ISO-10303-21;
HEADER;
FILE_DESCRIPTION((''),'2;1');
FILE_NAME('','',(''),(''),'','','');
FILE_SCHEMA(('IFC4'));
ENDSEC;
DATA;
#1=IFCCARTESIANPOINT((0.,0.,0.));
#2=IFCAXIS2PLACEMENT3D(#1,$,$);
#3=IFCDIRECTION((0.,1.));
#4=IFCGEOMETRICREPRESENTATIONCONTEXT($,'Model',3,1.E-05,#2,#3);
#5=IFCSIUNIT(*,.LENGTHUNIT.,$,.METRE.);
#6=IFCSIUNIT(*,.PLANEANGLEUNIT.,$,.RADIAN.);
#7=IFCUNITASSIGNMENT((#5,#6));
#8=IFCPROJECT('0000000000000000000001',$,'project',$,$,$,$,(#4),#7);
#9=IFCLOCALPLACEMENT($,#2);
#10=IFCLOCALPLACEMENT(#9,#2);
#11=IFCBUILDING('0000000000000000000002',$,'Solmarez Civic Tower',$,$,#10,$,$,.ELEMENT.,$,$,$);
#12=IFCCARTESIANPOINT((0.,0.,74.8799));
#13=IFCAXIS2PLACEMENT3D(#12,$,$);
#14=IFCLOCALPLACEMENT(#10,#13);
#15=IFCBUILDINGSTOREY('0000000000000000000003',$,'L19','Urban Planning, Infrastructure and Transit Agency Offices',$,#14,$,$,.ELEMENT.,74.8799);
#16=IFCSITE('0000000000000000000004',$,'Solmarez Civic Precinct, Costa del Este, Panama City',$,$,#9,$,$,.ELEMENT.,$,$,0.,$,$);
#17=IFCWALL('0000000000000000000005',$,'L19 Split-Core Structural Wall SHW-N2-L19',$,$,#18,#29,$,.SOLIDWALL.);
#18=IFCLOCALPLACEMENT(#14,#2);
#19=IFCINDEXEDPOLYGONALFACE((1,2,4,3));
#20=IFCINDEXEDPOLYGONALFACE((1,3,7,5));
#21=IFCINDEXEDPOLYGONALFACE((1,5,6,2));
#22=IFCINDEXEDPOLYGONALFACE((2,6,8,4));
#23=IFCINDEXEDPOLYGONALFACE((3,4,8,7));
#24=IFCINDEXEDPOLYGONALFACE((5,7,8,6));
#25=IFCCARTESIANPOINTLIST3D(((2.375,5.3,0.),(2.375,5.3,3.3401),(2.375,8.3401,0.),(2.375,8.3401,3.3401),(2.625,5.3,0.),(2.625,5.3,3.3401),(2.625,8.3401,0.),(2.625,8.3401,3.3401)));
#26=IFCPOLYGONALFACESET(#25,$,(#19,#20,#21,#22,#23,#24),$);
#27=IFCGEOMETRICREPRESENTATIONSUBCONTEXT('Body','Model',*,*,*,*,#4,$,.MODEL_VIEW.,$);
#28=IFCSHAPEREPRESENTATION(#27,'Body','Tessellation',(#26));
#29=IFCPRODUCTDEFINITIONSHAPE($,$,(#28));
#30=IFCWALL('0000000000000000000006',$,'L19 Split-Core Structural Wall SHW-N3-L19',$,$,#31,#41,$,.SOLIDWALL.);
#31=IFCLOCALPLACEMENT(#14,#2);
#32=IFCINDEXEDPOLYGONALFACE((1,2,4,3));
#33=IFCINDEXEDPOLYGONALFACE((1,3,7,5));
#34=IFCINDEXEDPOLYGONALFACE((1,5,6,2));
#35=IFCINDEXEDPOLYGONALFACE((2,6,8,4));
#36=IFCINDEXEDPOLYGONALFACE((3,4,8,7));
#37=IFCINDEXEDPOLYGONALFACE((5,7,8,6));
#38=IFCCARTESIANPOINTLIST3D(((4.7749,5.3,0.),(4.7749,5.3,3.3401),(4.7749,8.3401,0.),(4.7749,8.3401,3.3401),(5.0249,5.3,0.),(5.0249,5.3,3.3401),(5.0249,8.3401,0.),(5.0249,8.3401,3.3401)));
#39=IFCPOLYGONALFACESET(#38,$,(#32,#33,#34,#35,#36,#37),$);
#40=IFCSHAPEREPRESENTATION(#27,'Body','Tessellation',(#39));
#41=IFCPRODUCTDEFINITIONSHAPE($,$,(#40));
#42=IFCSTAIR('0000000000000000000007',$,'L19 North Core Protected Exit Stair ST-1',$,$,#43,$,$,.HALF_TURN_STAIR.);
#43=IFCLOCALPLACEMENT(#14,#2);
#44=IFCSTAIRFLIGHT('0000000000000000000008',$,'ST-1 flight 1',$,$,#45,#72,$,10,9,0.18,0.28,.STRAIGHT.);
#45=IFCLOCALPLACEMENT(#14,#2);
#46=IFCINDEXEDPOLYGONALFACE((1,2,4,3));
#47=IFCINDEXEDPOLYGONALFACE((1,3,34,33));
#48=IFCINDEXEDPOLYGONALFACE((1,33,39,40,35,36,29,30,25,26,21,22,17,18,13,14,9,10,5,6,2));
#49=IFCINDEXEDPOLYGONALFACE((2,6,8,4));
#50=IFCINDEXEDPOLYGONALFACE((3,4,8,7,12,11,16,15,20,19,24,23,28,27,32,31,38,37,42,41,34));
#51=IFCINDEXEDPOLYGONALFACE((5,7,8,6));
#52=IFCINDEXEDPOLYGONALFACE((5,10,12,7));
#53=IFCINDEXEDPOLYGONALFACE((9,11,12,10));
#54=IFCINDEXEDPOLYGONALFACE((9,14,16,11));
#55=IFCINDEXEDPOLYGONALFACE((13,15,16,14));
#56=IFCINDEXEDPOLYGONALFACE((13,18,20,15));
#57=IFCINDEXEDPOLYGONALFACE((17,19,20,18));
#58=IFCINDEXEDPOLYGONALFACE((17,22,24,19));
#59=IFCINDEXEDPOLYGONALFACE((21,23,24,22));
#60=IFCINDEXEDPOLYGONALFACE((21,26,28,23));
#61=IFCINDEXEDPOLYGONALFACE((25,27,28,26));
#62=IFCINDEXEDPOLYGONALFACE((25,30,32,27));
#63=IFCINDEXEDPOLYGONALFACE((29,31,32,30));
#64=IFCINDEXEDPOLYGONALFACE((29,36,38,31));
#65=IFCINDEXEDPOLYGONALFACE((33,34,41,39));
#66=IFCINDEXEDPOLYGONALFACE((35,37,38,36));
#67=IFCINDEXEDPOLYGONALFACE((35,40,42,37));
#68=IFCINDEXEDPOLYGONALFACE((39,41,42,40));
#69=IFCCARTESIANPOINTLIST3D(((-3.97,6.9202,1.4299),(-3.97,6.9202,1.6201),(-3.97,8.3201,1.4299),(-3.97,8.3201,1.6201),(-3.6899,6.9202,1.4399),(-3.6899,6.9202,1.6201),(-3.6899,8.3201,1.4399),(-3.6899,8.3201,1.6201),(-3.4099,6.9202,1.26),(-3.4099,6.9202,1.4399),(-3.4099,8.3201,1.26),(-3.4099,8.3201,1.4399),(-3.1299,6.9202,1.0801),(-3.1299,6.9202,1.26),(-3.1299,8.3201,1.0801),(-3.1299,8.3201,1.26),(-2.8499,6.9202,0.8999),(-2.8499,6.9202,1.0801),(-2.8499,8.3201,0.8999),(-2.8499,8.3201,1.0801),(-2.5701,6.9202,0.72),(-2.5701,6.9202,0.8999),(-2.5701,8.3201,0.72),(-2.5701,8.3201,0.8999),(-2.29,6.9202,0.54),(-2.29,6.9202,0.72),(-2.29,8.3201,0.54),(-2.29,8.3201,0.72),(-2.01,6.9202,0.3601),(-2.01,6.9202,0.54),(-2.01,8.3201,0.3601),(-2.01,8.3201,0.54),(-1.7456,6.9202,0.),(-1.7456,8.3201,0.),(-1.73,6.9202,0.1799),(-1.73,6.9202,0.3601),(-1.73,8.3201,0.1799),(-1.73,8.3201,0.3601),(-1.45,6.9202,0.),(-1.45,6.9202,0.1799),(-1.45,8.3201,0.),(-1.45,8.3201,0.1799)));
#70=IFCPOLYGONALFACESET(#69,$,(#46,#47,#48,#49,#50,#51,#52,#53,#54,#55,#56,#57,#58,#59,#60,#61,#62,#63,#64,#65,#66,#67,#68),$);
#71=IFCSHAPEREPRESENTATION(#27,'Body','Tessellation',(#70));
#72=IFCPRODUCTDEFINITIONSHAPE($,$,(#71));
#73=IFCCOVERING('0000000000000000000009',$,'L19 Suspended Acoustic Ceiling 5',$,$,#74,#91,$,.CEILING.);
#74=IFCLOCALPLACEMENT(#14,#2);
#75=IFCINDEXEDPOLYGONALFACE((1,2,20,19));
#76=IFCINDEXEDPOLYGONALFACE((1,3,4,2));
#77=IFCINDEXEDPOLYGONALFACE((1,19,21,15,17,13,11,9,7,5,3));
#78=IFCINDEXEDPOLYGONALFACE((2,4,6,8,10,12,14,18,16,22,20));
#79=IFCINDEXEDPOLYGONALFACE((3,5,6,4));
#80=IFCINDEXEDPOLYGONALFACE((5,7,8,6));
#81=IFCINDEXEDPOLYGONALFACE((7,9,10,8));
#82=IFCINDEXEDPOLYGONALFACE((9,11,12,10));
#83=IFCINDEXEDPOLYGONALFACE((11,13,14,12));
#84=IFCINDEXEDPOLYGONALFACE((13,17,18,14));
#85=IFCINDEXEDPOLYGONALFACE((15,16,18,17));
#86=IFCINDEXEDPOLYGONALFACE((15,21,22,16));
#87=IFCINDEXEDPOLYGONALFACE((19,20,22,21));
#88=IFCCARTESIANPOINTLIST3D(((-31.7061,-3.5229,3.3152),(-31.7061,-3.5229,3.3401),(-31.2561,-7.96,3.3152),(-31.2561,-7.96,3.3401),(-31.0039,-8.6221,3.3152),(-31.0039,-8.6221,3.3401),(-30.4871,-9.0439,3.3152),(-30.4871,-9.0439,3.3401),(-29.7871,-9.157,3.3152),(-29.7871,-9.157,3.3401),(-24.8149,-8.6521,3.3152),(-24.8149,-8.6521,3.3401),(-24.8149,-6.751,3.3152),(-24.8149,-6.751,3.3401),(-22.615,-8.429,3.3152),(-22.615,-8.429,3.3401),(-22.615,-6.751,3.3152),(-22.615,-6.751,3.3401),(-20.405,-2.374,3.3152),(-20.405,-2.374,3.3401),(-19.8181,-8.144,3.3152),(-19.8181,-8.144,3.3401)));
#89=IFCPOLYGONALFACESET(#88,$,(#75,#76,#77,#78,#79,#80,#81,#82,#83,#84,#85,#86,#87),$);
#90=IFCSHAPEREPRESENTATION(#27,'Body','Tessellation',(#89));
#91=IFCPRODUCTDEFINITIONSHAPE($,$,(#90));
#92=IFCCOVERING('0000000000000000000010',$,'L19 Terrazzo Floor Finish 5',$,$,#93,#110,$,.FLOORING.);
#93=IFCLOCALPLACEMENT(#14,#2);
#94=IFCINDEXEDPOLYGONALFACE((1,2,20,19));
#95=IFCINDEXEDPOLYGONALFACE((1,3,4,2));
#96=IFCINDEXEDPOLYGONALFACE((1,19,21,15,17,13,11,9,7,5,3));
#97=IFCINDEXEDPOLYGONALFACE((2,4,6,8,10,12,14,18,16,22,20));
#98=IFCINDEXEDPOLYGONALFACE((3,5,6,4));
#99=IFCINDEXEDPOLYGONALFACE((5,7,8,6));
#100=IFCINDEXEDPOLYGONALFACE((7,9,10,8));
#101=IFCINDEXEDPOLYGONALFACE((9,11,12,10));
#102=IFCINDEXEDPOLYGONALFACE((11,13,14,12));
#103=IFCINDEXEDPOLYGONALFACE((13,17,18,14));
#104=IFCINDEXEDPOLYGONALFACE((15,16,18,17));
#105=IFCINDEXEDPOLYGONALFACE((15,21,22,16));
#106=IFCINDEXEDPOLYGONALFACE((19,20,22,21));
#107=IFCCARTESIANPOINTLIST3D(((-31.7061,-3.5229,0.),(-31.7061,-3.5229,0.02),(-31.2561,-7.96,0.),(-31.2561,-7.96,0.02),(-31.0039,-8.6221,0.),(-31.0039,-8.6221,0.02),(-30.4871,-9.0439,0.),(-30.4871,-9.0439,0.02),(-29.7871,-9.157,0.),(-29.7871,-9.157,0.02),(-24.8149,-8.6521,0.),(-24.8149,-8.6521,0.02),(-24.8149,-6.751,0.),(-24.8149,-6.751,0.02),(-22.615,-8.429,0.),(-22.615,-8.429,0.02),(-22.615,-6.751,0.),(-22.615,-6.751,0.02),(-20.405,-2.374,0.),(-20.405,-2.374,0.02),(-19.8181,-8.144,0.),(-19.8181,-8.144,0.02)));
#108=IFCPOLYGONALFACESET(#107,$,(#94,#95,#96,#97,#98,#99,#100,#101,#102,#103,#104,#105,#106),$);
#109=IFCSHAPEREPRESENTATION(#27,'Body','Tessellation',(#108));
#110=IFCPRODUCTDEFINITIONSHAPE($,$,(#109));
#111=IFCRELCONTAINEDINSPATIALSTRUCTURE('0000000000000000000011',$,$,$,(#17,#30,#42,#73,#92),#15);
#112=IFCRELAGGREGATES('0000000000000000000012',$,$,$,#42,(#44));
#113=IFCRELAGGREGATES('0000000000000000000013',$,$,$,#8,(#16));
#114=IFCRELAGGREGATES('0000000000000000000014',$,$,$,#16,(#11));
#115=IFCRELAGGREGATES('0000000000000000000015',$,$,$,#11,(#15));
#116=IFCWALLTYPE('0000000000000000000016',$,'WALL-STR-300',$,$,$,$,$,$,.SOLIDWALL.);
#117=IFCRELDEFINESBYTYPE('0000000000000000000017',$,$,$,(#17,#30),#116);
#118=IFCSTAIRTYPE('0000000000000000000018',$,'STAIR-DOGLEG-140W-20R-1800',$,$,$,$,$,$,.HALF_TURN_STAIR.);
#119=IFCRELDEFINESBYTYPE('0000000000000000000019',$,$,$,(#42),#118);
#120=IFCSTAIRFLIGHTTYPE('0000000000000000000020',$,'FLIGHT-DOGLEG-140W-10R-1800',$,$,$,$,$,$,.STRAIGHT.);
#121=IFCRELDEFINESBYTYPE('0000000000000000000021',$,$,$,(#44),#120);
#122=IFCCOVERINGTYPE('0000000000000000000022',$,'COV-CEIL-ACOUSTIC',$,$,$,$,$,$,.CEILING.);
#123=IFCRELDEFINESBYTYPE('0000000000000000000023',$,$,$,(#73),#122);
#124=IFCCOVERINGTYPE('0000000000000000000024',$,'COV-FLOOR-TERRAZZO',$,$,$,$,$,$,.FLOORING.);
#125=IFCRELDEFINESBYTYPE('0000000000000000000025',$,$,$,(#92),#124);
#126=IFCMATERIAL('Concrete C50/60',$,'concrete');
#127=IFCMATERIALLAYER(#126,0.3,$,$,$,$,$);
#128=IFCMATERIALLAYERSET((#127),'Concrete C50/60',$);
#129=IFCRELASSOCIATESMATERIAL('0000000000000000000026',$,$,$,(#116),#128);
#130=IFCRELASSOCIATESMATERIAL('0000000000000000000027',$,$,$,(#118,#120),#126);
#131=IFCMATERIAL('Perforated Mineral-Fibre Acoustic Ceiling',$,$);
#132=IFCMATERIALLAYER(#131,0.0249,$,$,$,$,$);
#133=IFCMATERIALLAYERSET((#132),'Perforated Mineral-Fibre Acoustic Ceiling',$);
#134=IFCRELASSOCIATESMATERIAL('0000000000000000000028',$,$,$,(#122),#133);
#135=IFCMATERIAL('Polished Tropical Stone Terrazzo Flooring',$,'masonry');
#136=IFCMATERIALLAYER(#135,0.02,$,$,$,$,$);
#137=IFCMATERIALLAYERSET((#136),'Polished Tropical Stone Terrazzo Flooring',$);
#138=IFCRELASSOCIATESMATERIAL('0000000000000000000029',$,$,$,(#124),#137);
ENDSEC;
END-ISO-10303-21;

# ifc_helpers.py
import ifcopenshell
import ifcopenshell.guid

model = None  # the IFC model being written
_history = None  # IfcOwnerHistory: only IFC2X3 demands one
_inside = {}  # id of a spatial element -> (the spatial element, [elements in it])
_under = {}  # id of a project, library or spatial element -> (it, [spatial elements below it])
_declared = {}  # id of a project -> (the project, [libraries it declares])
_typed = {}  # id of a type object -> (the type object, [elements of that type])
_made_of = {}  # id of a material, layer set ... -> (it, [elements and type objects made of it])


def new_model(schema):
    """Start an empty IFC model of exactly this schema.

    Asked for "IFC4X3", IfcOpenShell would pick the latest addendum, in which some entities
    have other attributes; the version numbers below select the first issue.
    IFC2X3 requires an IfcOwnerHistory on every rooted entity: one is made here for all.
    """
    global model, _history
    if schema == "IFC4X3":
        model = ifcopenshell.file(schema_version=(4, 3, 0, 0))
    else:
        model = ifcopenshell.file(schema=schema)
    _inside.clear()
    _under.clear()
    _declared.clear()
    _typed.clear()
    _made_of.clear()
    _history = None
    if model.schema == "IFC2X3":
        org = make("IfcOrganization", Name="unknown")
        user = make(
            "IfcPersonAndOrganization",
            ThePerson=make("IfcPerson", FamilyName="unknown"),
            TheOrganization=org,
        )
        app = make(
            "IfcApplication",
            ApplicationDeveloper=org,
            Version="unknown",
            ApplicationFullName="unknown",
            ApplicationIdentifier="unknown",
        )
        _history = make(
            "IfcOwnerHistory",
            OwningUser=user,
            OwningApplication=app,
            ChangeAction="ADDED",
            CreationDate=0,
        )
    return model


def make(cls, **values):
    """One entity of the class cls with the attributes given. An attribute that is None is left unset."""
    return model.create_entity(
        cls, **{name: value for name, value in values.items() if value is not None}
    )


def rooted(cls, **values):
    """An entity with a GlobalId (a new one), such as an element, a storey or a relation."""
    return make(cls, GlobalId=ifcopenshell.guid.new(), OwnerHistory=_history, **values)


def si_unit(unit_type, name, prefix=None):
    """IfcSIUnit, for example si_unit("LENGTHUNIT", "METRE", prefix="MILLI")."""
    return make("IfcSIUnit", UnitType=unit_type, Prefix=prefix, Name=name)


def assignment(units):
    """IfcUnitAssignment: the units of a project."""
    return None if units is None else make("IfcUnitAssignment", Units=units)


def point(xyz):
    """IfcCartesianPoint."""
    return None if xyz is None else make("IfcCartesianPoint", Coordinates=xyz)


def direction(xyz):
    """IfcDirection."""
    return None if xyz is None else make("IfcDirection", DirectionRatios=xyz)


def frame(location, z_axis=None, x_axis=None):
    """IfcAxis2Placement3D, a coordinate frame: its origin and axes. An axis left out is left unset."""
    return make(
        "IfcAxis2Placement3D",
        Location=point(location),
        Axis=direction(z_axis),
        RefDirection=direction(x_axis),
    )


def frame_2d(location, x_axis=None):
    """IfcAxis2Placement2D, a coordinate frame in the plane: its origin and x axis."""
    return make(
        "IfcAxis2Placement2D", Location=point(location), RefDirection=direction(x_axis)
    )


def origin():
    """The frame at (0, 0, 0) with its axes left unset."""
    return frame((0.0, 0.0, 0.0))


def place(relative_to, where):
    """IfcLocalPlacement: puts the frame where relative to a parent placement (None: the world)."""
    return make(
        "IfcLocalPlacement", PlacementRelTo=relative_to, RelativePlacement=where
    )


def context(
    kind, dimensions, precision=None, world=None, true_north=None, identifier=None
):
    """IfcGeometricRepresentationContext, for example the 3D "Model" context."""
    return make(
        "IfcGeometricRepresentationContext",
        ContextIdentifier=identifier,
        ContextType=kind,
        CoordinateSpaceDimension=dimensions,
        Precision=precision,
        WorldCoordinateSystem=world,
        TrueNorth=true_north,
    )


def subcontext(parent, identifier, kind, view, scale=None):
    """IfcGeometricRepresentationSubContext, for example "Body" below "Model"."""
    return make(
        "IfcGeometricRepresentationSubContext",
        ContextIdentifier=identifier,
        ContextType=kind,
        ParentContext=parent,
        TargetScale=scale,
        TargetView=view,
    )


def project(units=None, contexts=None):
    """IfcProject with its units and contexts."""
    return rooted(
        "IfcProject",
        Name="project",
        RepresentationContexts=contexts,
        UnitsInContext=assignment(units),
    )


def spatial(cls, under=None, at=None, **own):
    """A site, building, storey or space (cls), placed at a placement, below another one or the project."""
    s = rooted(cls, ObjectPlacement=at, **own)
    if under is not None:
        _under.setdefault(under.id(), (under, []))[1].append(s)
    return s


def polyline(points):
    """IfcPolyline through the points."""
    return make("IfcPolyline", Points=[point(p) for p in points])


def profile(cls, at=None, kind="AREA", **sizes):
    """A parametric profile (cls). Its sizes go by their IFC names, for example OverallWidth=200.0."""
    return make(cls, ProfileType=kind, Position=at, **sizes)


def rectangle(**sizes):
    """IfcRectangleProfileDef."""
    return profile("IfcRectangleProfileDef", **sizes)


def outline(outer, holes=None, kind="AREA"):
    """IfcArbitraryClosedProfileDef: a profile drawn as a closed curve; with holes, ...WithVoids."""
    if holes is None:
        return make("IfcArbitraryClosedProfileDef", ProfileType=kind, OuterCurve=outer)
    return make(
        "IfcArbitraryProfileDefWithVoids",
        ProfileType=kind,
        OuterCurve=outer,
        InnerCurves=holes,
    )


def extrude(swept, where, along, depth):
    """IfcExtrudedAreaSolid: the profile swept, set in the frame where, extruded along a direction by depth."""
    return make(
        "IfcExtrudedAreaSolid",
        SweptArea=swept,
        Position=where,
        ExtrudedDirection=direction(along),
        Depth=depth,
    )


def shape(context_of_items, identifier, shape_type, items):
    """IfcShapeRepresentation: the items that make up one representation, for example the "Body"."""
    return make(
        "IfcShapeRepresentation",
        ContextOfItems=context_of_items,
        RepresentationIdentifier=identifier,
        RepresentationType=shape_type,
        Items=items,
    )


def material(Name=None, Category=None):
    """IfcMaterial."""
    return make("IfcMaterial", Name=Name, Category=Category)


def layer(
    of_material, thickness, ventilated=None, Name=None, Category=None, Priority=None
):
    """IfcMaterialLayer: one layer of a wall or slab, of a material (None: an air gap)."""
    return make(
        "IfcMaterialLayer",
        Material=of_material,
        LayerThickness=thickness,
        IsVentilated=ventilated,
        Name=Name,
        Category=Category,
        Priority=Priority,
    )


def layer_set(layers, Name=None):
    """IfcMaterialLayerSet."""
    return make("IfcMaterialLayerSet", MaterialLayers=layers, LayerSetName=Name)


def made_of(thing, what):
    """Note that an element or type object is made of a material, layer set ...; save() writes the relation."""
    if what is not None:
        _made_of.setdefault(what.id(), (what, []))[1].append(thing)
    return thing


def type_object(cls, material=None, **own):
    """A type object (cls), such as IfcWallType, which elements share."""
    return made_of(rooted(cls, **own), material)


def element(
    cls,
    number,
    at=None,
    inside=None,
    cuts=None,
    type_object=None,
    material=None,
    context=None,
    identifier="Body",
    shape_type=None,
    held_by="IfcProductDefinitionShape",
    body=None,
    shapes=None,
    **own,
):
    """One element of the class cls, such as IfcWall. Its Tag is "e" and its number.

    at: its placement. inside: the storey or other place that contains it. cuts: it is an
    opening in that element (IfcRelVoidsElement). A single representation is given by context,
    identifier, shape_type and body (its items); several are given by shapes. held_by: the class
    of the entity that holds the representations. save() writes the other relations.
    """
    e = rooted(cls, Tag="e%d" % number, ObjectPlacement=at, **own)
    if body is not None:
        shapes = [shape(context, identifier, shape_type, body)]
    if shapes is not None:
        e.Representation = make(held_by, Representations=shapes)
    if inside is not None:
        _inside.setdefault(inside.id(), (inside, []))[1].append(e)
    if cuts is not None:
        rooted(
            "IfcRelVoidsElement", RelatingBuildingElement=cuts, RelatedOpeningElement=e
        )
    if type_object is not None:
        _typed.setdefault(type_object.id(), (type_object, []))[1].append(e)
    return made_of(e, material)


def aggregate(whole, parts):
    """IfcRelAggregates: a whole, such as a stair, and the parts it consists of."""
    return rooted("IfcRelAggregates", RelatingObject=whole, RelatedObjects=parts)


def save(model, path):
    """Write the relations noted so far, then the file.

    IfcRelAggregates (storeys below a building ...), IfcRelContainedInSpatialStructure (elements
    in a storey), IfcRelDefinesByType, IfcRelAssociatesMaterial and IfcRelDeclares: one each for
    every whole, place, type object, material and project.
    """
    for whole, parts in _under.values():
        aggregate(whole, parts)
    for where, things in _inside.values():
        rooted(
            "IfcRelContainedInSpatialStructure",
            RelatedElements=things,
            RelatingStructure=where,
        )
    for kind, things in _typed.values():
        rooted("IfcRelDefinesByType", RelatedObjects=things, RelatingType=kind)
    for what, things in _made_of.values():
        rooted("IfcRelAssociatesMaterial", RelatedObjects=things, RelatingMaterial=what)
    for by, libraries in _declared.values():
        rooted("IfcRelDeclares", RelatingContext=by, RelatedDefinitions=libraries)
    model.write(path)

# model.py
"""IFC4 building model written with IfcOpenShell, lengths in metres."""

from ifc_helpers import new_model, si_unit, direction, frame, frame_2d, origin, place, context, subcontext, project, spatial, polyline, rectangle, outline, extrude, material, layer, layer_set, type_object, element, aggregate, save


model = new_model("IFC4")

# Units and contexts
model_context = context("Model", 3, precision=1e-05, world=origin(), true_north=direction((0.0, 1.0)))
body_context = subcontext(model_context, "Body", "Model", "MODEL_VIEW")
ifc_project = project(units=[si_unit("LENGTHUNIT", "METRE"), si_unit("PLANEANGLEUNIT", "RADIAN")], contexts=[model_context])

# Site, building, storey
site_placement = place(None, origin())
site = spatial("IfcSite", under=ifc_project, at=site_placement, Name="Solmarez Civic Precinct, Costa del Este, Panama City", CompositionType="ELEMENT", RefElevation=0.0)
building_placement = place(site_placement, origin())
building = spatial("IfcBuilding", under=site, at=building_placement, Name="Solmarez Civic Tower", CompositionType="ELEMENT")
storey_placement = place(building_placement, frame((0.0, 0.0, 74.8799)))
storey = spatial("IfcBuildingStorey", under=building, at=storey_placement, Name="L19", Description="Urban Planning, Infrastructure and Transit Agency Offices", CompositionType="ELEMENT", Elevation=74.8799)

# Shared definitions
ifc_material_1 = material(Name="Concrete C50/60", Category="concrete")

# Shared definitions
ifc_layer_1 = layer(ifc_material_1, 0.3)
ifc_layer_set_1 = layer_set([ifc_layer_1], Name="Concrete C50/60")
wall_type_1 = type_object("IfcWallType", Name="WALL-STR-300", PredefinedType="SOLIDWALL", material=ifc_layer_set_1)

# Walls
for number, where, z_axis, x_axis, name in (
    (1, (2.5, 5.3, 0.0), (0.0, 0.0, 1.0), (0.0, 1.0, 0.0), "L19 Split-Core Structural Wall SHW-N2-L19"),
    (2, (4.8999, 5.3, 0.0), (0.0, 0.0, 1.0), (0.0, 1.0, 0.0), "L19 Split-Core Structural Wall SHW-N3-L19"),
):
    element("IfcWall", number, at=place(storey_placement, frame(where, z_axis=z_axis, x_axis=x_axis)), inside=storey, type_object=wall_type_1, Name=name, PredefinedType="SOLIDWALL", context=body_context, shape_type="SweptSolid", body=[
        extrude(rectangle(XDim=3.04, YDim=0.25, at=frame_2d((1.52, 0.0))), origin(), (0.0, 0.0, 1.0), 3.3401),
    ])

# Stair, stair flight
stair_type = type_object("IfcStairType", Name="STAIR-DOGLEG-140W-20R-1800", PredefinedType="HALF_TURN_STAIR", material=ifc_material_1)
stair_placement = place(storey_placement, origin())
stair = element("IfcStair", 3, at=stair_placement, inside=storey, type_object=stair_type, Name="L19 North Core Protected Exit Stair ST-1", PredefinedType="HALF_TURN_STAIR")
stair_flight_type = type_object("IfcStairFlightType", Name="FLIGHT-DOGLEG-140W-10R-1800", PredefinedType="STRAIGHT", material=ifc_material_1)
stair_flight_placement = place(storey_placement, frame((-1.45, 7.6201, 0.0), z_axis=(0.0, 0.0, 1.0), x_axis=(-1.0, 0.0, 0.0)))
stair_flight = element("IfcStairFlight", 4, at=stair_flight_placement, type_object=stair_flight_type, Name="ST-1 flight 1", NumberOfRisers=10, NumberOfTreads=9, PredefinedType="STRAIGHT", RiserHeight=0.18, TreadLength=0.28, context=body_context, shape_type="SweptSolid", body=[
    extrude(outline(polyline([(0.0, 0.0), (0.0, 0.1799), (0.28, 0.1799), (0.28, 0.3601), (0.5601, 0.3601), (0.5601, 0.54), (0.8401, 0.54), (0.8401, 0.72), (1.1201, 0.72), (1.1201, 0.8999), (1.3999, 0.8999), (1.3999, 1.0801), (1.6799, 1.0801), (1.6799, 1.26), (1.96, 1.26), (1.96, 1.4399), (2.24, 1.4399), (2.24, 1.6201), (2.52, 1.6201), (2.52, 1.8), (2.52, 1.4299), (0.2957, 0.0), (0.0, 0.0)])), frame((0.0, 0.7, 0.0), z_axis=(0.0, -1.0, 0.0), x_axis=(1.0, 0.0, 0.0)), (0.0, 0.0, 1.0), 1.3999),
])
aggregate(stair, [stair_flight])

# Coverings
ifc_material_2 = material(Name="Perforated Mineral-Fibre Acoustic Ceiling")
ifc_layer_2 = layer(ifc_material_2, 0.0249)
ifc_layer_set_2 = layer_set([ifc_layer_2], Name="Perforated Mineral-Fibre Acoustic Ceiling")
covering_type_1 = type_object("IfcCoveringType", Name="COV-CEIL-ACOUSTIC", PredefinedType="CEILING", material=ifc_layer_set_2)
covering_1_placement = place(storey_placement, frame((0.0, 0.0, 3.3152)))
element("IfcCovering", 5, at=covering_1_placement, inside=storey, type_object=covering_type_1, Name="L19 Suspended Acoustic Ceiling 5", PredefinedType="CEILING", context=body_context, shape_type="SweptSolid", body=[
    extrude(outline(polyline([(-31.7061, -3.5229), (-31.2561, -7.96), (-31.0039, -8.6221), (-30.4871, -9.0439), (-29.7871, -9.157), (-24.8149, -8.6521), (-24.8149, -6.751), (-22.615, -6.751), (-22.615, -8.429), (-19.8181, -8.144), (-20.405, -2.374), (-31.7061, -3.5229)])), origin(), (0.0, 0.0, 1.0), 0.0249),
])
ifc_material_3 = material(Name="Polished Tropical Stone Terrazzo Flooring", Category="masonry")
ifc_layer_3 = layer(ifc_material_3, 0.02)
ifc_layer_set_3 = layer_set([ifc_layer_3], Name="Polished Tropical Stone Terrazzo Flooring")
covering_type_2 = type_object("IfcCoveringType", Name="COV-FLOOR-TERRAZZO", PredefinedType="FLOORING", material=ifc_layer_set_3)
covering_2_placement = place(storey_placement, origin())
element("IfcCovering", 6, at=covering_2_placement, inside=storey, type_object=covering_type_2, Name="L19 Terrazzo Floor Finish 5", PredefinedType="FLOORING", context=body_context, shape_type="SweptSolid", body=[
    extrude(outline(polyline([(-31.7061, -3.5229), (-31.2561, -7.96), (-31.0039, -8.6221), (-30.4871, -9.0439), (-29.7871, -9.157), (-24.8149, -8.6521), (-24.8149, -6.751), (-22.615, -6.751), (-22.615, -8.429), (-19.8181, -8.144), (-20.405, -2.374), (-31.7061, -3.5229)])), origin(), (0.0, 0.0, 1.0), 0.02),
])

save(model, "model.ifc")
